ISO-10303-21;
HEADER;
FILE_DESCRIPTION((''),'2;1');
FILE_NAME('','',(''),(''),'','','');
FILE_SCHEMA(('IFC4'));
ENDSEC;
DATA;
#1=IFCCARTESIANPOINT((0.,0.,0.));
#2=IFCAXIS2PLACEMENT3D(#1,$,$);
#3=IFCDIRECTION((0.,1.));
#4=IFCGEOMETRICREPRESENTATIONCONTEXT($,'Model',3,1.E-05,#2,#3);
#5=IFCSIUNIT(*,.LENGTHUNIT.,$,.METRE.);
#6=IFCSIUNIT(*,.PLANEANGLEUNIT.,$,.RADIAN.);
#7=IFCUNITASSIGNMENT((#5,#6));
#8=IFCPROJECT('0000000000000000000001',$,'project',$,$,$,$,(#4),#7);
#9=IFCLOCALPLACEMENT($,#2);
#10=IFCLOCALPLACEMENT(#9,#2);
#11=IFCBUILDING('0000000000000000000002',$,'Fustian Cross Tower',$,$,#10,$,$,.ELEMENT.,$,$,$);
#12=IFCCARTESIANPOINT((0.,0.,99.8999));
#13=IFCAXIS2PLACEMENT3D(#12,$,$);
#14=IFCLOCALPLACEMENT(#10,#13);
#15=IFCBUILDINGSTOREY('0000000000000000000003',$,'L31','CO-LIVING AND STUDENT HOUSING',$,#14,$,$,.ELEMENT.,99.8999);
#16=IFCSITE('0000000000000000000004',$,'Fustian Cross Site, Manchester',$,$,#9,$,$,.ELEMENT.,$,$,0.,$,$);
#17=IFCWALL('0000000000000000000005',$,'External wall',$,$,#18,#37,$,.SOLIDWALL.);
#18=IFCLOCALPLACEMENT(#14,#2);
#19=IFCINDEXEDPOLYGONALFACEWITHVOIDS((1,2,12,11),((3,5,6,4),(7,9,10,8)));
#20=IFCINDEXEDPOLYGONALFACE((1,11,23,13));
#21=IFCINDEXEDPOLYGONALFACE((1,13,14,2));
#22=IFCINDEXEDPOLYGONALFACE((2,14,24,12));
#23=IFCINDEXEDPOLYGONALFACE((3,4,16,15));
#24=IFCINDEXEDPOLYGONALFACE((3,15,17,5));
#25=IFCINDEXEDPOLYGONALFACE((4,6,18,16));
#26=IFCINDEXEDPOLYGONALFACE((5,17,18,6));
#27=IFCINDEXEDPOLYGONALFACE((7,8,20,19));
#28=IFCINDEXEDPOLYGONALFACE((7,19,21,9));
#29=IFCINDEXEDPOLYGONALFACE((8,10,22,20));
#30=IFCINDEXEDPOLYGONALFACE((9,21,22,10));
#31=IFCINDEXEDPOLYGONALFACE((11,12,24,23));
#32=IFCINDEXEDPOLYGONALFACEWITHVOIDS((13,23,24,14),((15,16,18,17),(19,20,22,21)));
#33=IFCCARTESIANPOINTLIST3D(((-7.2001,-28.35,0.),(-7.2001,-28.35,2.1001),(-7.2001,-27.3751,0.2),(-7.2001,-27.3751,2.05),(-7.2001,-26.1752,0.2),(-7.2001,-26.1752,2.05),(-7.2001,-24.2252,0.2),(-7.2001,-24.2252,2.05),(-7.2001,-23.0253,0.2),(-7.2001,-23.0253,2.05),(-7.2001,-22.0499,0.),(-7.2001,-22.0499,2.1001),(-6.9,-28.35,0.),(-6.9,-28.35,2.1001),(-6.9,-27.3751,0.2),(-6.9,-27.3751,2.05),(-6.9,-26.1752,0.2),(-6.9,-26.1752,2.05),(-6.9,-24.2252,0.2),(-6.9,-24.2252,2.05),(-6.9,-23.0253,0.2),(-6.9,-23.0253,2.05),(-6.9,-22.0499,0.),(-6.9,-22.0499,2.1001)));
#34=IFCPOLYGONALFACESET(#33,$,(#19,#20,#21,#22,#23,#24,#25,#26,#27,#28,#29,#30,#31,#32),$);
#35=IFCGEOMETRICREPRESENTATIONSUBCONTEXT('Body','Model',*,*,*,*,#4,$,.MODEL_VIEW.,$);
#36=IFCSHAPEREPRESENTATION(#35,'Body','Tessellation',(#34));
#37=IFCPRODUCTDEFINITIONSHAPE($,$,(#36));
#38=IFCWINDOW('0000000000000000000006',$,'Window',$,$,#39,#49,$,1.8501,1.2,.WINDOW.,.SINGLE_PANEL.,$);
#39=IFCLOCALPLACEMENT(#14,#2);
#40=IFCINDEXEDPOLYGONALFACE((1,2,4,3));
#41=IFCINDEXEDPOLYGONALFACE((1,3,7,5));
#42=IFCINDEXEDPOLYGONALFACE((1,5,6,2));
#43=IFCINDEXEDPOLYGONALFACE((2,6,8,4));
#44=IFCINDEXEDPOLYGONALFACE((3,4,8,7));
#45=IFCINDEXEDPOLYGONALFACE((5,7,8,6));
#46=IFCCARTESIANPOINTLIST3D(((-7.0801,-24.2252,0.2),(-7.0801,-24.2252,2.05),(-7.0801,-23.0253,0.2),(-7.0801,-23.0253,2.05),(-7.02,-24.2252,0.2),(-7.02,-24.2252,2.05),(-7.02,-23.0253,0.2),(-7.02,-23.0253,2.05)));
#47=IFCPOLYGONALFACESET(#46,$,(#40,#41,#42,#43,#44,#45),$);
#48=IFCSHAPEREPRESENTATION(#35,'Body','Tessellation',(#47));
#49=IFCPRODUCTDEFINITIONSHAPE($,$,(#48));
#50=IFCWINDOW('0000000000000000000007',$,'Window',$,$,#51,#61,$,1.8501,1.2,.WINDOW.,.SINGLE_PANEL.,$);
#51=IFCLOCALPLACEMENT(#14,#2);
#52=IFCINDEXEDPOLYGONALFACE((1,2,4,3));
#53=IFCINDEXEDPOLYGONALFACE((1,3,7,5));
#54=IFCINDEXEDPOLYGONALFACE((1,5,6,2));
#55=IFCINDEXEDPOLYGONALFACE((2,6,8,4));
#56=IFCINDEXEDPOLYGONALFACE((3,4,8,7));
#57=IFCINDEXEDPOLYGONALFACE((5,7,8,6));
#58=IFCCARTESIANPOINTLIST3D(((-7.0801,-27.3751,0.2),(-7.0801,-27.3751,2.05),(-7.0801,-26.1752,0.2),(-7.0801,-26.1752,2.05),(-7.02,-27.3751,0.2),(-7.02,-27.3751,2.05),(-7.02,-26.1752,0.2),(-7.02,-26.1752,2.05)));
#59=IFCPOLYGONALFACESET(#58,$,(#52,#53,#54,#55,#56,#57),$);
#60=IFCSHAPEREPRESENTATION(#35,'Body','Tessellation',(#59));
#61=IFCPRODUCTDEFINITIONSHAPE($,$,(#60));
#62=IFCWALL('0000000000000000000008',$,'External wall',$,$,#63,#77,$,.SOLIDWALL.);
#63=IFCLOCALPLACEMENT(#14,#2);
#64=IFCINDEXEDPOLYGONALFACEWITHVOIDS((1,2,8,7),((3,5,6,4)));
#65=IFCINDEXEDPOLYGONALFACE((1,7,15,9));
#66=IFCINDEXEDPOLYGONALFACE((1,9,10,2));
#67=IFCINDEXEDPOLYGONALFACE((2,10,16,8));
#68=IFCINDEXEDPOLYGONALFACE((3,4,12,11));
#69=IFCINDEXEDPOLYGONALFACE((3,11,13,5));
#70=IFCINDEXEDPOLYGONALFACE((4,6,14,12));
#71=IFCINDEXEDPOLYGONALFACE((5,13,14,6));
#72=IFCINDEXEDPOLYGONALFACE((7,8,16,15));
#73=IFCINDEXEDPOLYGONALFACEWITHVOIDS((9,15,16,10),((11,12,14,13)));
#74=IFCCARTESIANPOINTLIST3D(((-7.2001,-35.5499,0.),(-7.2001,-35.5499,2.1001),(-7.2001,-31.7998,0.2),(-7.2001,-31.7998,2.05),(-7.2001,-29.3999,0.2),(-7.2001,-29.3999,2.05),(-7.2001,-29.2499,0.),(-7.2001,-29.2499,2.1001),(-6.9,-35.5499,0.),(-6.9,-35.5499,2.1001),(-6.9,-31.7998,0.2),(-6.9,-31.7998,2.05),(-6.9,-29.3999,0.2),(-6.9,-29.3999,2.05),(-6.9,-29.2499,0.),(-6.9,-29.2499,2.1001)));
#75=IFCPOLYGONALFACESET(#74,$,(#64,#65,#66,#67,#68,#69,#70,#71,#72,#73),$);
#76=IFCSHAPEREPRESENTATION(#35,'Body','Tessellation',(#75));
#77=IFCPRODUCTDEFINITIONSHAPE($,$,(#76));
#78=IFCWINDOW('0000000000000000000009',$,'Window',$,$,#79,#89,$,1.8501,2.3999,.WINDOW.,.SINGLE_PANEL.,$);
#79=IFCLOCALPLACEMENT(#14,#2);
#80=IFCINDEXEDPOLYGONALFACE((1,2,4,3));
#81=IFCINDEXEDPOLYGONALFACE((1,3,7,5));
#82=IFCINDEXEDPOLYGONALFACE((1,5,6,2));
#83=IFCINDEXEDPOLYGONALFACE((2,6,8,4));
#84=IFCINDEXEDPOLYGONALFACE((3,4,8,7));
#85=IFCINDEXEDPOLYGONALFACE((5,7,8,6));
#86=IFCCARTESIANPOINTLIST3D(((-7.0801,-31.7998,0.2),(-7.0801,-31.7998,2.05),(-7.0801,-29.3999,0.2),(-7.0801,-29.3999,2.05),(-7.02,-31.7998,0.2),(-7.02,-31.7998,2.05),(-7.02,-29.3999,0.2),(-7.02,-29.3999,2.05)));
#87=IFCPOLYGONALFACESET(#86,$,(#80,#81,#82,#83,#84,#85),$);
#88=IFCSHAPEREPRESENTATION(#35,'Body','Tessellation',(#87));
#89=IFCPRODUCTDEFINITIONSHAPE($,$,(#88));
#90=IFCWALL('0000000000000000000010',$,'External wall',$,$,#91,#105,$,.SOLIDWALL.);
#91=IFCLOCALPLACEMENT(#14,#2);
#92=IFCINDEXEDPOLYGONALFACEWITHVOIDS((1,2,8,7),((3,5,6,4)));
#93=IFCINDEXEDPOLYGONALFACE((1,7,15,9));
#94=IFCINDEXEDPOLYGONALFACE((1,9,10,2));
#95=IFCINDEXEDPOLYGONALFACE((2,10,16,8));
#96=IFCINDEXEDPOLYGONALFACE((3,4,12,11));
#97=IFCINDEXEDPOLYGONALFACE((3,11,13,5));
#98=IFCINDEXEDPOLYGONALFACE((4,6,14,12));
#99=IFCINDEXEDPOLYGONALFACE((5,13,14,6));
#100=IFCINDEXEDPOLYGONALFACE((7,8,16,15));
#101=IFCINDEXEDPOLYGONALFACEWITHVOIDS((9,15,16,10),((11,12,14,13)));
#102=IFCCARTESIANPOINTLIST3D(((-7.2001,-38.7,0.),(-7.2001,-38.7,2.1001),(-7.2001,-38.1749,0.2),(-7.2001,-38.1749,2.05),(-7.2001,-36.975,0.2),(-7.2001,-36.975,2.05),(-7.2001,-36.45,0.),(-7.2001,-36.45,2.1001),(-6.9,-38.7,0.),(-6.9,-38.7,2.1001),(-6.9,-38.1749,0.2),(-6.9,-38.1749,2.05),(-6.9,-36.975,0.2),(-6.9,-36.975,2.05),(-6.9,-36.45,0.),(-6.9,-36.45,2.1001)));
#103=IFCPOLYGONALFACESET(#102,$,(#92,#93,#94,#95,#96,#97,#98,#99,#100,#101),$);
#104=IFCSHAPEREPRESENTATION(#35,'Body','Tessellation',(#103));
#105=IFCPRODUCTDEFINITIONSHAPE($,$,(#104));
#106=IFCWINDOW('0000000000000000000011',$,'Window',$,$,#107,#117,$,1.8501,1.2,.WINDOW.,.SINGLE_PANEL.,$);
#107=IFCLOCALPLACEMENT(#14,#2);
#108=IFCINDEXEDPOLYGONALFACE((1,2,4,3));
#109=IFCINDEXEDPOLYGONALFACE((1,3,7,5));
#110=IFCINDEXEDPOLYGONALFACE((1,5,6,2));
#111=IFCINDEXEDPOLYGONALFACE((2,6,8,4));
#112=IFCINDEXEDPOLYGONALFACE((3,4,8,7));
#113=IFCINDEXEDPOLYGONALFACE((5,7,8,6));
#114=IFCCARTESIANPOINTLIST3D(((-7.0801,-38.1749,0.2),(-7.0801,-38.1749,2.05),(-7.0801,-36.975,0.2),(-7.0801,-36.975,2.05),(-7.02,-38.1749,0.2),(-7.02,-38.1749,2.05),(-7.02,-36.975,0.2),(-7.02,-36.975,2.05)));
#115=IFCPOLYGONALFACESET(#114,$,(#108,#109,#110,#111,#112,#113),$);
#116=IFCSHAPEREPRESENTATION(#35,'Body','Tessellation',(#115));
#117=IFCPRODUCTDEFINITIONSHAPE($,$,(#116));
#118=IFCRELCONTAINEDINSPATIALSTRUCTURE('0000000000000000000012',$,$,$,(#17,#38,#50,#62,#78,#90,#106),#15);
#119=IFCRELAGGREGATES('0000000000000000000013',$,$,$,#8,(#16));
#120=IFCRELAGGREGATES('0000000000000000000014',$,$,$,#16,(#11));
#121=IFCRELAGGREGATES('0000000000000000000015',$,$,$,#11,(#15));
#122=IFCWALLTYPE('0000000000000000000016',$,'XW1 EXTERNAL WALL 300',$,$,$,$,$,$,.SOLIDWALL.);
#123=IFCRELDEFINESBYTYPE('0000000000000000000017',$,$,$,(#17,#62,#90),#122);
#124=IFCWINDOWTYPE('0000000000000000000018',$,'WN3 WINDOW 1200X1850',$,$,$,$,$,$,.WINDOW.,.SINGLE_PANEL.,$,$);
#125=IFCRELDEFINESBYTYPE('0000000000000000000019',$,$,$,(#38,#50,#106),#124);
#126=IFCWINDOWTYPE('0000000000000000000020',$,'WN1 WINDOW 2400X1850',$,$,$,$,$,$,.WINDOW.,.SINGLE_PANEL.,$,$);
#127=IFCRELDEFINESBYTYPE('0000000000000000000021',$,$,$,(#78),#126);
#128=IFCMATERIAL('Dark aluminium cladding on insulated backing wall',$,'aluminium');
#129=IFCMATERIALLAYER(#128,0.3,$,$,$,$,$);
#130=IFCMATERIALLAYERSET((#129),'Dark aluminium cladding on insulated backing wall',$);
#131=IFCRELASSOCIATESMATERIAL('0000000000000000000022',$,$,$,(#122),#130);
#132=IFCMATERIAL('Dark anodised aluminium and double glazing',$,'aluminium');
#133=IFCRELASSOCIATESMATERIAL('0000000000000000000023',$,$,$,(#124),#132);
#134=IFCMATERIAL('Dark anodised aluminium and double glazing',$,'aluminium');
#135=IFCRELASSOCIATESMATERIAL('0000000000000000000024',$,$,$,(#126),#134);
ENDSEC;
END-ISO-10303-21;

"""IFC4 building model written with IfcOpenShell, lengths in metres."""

from ifc_helpers import new_model, si_unit, direction, frame, frame_2d, origin, place, context, subcontext, project, spatial, rectangle, extrude, material, layer, layer_set, type_object, element, fill, save


model = new_model("IFC4")

# Units and contexts
model_context = context("Model", 3, precision=1e-05, world=origin(), true_north=direction((0.0, 1.0)))
body_context = subcontext(model_context, "Body", "Model", "MODEL_VIEW")
ifc_project = project(units=[si_unit("LENGTHUNIT", "METRE"), si_unit("PLANEANGLEUNIT", "RADIAN")], contexts=[model_context])

# Site, building, storey
site_placement = place(None, origin())
site = spatial("IfcSite", under=ifc_project, at=site_placement, Name="Fustian Cross Site, Manchester", CompositionType="ELEMENT", RefElevation=0.0)
building_placement = place(site_placement, origin())
building = spatial("IfcBuilding", under=site, at=building_placement, Name="Fustian Cross Tower", CompositionType="ELEMENT")
storey_placement = place(building_placement, frame((0.0, 0.0, 99.8999)))
storey = spatial("IfcBuildingStorey", under=building, at=storey_placement, Name="L31", Description="CO-LIVING AND STUDENT HOUSING", CompositionType="ELEMENT", Elevation=99.8999)

# Shared definitions
ifc_material_1 = material(Name="Dark aluminium cladding on insulated backing wall", Category="aluminium")
ifc_layer_1 = layer(ifc_material_1, 0.3)
ifc_layer_set_1 = layer_set([ifc_layer_1], Name="Dark aluminium cladding on insulated backing wall")
wall_type_1 = type_object("IfcWallType", Name="XW1 EXTERNAL WALL 300", PredefinedType="SOLIDWALL", material=ifc_layer_set_1)

# Shared definitions
ifc_material_2 = material(Name="Dark anodised aluminium and double glazing", Category="aluminium")
window_type_1 = type_object("IfcWindowType", Name="WN3 WINDOW 1200X1850", PartitioningType="SINGLE_PANEL", PredefinedType="WINDOW", material=ifc_material_2)

# Wall, openings, windows
wall_1_placement = place(storey_placement, frame((-7.05, -22.05, 0.0), z_axis=(0.0, 0.0, 1.0), x_axis=(0.0, -1.0, 0.0)))
wall_1 = element("IfcWall", 1, at=wall_1_placement, inside=storey, type_object=wall_type_1, Name="External wall", PredefinedType="SOLIDWALL", context=body_context, shape_type="SweptSolid", body=[
    extrude(rectangle(XDim=6.3, YDim=0.3, at=frame_2d((3.1499, 0.0))), origin(), (0.0, 0.0, 1.0), 2.1001),
])
opening_1_placement = place(wall_1_placement, frame((0.9751, 0.0, 0.2)))
opening_1 = element("IfcOpeningElement", 2, at=opening_1_placement, cuts=wall_1, PredefinedType="OPENING", context=body_context, shape_type="SweptSolid", body=[
    extrude(rectangle(XDim=1.2, YDim=1.8501, at=frame_2d((0.6001, 0.925))), frame((0.0, 0.1599, 0.0), z_axis=(0.0, -1.0, 0.0), x_axis=(1.0, 0.0, 0.0)), (0.0, 0.0, 1.0), 0.3201),
])
opening_2_placement = place(wall_1_placement, frame((4.125, 0.0, 0.2)))
opening_2 = element("IfcOpeningElement", 3, at=opening_2_placement, cuts=wall_1, PredefinedType="OPENING", context=body_context, shape_type="SweptSolid", body=[
    extrude(rectangle(XDim=1.2, YDim=1.8501, at=frame_2d((0.6001, 0.925))), frame((0.0, 0.1599, 0.0), z_axis=(0.0, -1.0, 0.0), x_axis=(1.0, 0.0, 0.0)), (0.0, 0.0, 1.0), 0.3201),
])
window_1_placement = place(opening_1_placement, origin())
window_1 = element("IfcWindow", 4, at=window_1_placement, inside=storey, type_object=window_type_1, Name="Window", OverallHeight=1.8501, OverallWidth=1.2, PartitioningType="SINGLE_PANEL", PredefinedType="WINDOW", context=body_context, shape_type="SweptSolid", body=[
    extrude(rectangle(XDim=1.2, YDim=1.8501, at=frame_2d((0.6001, 0.925))), frame((0.0, 0.03, 0.0), z_axis=(0.0, -1.0, 0.0), x_axis=(1.0, 0.0, 0.0)), (0.0, 0.0, 1.0), 0.0601),
])
fill(opening_1, window_1)
window_2_placement = place(opening_2_placement, origin())
window_2 = element("IfcWindow", 5, at=window_2_placement, inside=storey, type_object=window_type_1, Name="Window", OverallHeight=1.8501, OverallWidth=1.2, PartitioningType="SINGLE_PANEL", PredefinedType="WINDOW", context=body_context, shape_type="SweptSolid", body=[
    extrude(rectangle(XDim=1.2, YDim=1.8501, at=frame_2d((0.6001, 0.925))), frame((0.0, 0.03, 0.0), z_axis=(0.0, -1.0, 0.0), x_axis=(1.0, 0.0, 0.0)), (0.0, 0.0, 1.0), 0.0601),
])
fill(opening_2, window_2)

# Walls, openings, windows
wall_2_placement = place(storey_placement, frame((-7.05, -29.25, 0.0), z_axis=(0.0, 0.0, 1.0), x_axis=(0.0, -1.0, 0.0)))
wall_2 = element("IfcWall", 6, at=wall_2_placement, inside=storey, type_object=wall_type_1, Name="External wall", PredefinedType="SOLIDWALL", context=body_context, shape_type="SweptSolid", body=[
    extrude(rectangle(XDim=6.3, YDim=0.3, at=frame_2d((3.1499, 0.0))), origin(), (0.0, 0.0, 1.0), 2.1001),
])
opening_3_placement = place(wall_2_placement, frame((0.1499, 0.0, 0.2)))
opening_3 = element("IfcOpeningElement", 7, at=opening_3_placement, cuts=wall_2, PredefinedType="OPENING", context=body_context, shape_type="SweptSolid", body=[
    extrude(rectangle(XDim=2.3999, YDim=1.8501, at=frame_2d((1.2, 0.925))), frame((0.0, 0.1599, 0.0), z_axis=(0.0, -1.0, 0.0), x_axis=(1.0, 0.0, 0.0)), (0.0, 0.0, 1.0), 0.3201),
])
ifc_material_3 = material(Name="Dark anodised aluminium and double glazing", Category="aluminium")
window_type_2 = type_object("IfcWindowType", Name="WN1 WINDOW 2400X1850", PartitioningType="SINGLE_PANEL", PredefinedType="WINDOW", material=ifc_material_3)
window_3_placement = place(opening_3_placement, origin())
window_3 = element("IfcWindow", 8, at=window_3_placement, inside=storey, type_object=window_type_2, Name="Window", OverallHeight=1.8501, OverallWidth=2.3999, PartitioningType="SINGLE_PANEL", PredefinedType="WINDOW", context=body_context, shape_type="SweptSolid", body=[
    extrude(rectangle(XDim=2.3999, YDim=1.8501, at=frame_2d((1.2, 0.925))), frame((0.0, 0.03, 0.0), z_axis=(0.0, -1.0, 0.0), x_axis=(1.0, 0.0, 0.0)), (0.0, 0.0, 1.0), 0.0601),
])
fill(opening_3, window_3)
wall_3_placement = place(storey_placement, frame((-7.05, -36.45, 0.0), z_axis=(0.0, 0.0, 1.0), x_axis=(0.0, -1.0, 0.0)))
wall_3 = element("IfcWall", 9, at=wall_3_placement, inside=storey, type_object=wall_type_1, Name="External wall", PredefinedType="SOLIDWALL", context=body_context, shape_type="SweptSolid", body=[
    extrude(rectangle(XDim=2.25, YDim=0.3, at=frame_2d((1.125, 0.0))), origin(), (0.0, 0.0, 1.0), 2.1001),
])
opening_4_placement = place(wall_3_placement, frame((0.5249, 0.0, 0.2)))
opening_4 = element("IfcOpeningElement", 10, at=opening_4_placement, cuts=wall_3, PredefinedType="OPENING", context=body_context, shape_type="SweptSolid", body=[
    extrude(rectangle(XDim=1.2, YDim=1.8501, at=frame_2d((0.6001, 0.925))), frame((0.0, 0.1599, 0.0), z_axis=(0.0, -1.0, 0.0), x_axis=(1.0, 0.0, 0.0)), (0.0, 0.0, 1.0), 0.3201),
])
window_4_placement = place(opening_4_placement, origin())
window_4 = element("IfcWindow", 11, at=window_4_placement, inside=storey, type_object=window_type_1, Name="Window", OverallHeight=1.8501, OverallWidth=1.2, PartitioningType="SINGLE_PANEL", PredefinedType="WINDOW", context=body_context, shape_type="SweptSolid", body=[
    extrude(rectangle(XDim=1.2, YDim=1.8501, at=frame_2d((0.6001, 0.925))), frame((0.0, 0.03, 0.0), z_axis=(0.0, -1.0, 0.0), x_axis=(1.0, 0.0, 0.0)), (0.0, 0.0, 1.0), 0.0601),
])
fill(opening_4, window_4)

save(model, "model.ifc")
